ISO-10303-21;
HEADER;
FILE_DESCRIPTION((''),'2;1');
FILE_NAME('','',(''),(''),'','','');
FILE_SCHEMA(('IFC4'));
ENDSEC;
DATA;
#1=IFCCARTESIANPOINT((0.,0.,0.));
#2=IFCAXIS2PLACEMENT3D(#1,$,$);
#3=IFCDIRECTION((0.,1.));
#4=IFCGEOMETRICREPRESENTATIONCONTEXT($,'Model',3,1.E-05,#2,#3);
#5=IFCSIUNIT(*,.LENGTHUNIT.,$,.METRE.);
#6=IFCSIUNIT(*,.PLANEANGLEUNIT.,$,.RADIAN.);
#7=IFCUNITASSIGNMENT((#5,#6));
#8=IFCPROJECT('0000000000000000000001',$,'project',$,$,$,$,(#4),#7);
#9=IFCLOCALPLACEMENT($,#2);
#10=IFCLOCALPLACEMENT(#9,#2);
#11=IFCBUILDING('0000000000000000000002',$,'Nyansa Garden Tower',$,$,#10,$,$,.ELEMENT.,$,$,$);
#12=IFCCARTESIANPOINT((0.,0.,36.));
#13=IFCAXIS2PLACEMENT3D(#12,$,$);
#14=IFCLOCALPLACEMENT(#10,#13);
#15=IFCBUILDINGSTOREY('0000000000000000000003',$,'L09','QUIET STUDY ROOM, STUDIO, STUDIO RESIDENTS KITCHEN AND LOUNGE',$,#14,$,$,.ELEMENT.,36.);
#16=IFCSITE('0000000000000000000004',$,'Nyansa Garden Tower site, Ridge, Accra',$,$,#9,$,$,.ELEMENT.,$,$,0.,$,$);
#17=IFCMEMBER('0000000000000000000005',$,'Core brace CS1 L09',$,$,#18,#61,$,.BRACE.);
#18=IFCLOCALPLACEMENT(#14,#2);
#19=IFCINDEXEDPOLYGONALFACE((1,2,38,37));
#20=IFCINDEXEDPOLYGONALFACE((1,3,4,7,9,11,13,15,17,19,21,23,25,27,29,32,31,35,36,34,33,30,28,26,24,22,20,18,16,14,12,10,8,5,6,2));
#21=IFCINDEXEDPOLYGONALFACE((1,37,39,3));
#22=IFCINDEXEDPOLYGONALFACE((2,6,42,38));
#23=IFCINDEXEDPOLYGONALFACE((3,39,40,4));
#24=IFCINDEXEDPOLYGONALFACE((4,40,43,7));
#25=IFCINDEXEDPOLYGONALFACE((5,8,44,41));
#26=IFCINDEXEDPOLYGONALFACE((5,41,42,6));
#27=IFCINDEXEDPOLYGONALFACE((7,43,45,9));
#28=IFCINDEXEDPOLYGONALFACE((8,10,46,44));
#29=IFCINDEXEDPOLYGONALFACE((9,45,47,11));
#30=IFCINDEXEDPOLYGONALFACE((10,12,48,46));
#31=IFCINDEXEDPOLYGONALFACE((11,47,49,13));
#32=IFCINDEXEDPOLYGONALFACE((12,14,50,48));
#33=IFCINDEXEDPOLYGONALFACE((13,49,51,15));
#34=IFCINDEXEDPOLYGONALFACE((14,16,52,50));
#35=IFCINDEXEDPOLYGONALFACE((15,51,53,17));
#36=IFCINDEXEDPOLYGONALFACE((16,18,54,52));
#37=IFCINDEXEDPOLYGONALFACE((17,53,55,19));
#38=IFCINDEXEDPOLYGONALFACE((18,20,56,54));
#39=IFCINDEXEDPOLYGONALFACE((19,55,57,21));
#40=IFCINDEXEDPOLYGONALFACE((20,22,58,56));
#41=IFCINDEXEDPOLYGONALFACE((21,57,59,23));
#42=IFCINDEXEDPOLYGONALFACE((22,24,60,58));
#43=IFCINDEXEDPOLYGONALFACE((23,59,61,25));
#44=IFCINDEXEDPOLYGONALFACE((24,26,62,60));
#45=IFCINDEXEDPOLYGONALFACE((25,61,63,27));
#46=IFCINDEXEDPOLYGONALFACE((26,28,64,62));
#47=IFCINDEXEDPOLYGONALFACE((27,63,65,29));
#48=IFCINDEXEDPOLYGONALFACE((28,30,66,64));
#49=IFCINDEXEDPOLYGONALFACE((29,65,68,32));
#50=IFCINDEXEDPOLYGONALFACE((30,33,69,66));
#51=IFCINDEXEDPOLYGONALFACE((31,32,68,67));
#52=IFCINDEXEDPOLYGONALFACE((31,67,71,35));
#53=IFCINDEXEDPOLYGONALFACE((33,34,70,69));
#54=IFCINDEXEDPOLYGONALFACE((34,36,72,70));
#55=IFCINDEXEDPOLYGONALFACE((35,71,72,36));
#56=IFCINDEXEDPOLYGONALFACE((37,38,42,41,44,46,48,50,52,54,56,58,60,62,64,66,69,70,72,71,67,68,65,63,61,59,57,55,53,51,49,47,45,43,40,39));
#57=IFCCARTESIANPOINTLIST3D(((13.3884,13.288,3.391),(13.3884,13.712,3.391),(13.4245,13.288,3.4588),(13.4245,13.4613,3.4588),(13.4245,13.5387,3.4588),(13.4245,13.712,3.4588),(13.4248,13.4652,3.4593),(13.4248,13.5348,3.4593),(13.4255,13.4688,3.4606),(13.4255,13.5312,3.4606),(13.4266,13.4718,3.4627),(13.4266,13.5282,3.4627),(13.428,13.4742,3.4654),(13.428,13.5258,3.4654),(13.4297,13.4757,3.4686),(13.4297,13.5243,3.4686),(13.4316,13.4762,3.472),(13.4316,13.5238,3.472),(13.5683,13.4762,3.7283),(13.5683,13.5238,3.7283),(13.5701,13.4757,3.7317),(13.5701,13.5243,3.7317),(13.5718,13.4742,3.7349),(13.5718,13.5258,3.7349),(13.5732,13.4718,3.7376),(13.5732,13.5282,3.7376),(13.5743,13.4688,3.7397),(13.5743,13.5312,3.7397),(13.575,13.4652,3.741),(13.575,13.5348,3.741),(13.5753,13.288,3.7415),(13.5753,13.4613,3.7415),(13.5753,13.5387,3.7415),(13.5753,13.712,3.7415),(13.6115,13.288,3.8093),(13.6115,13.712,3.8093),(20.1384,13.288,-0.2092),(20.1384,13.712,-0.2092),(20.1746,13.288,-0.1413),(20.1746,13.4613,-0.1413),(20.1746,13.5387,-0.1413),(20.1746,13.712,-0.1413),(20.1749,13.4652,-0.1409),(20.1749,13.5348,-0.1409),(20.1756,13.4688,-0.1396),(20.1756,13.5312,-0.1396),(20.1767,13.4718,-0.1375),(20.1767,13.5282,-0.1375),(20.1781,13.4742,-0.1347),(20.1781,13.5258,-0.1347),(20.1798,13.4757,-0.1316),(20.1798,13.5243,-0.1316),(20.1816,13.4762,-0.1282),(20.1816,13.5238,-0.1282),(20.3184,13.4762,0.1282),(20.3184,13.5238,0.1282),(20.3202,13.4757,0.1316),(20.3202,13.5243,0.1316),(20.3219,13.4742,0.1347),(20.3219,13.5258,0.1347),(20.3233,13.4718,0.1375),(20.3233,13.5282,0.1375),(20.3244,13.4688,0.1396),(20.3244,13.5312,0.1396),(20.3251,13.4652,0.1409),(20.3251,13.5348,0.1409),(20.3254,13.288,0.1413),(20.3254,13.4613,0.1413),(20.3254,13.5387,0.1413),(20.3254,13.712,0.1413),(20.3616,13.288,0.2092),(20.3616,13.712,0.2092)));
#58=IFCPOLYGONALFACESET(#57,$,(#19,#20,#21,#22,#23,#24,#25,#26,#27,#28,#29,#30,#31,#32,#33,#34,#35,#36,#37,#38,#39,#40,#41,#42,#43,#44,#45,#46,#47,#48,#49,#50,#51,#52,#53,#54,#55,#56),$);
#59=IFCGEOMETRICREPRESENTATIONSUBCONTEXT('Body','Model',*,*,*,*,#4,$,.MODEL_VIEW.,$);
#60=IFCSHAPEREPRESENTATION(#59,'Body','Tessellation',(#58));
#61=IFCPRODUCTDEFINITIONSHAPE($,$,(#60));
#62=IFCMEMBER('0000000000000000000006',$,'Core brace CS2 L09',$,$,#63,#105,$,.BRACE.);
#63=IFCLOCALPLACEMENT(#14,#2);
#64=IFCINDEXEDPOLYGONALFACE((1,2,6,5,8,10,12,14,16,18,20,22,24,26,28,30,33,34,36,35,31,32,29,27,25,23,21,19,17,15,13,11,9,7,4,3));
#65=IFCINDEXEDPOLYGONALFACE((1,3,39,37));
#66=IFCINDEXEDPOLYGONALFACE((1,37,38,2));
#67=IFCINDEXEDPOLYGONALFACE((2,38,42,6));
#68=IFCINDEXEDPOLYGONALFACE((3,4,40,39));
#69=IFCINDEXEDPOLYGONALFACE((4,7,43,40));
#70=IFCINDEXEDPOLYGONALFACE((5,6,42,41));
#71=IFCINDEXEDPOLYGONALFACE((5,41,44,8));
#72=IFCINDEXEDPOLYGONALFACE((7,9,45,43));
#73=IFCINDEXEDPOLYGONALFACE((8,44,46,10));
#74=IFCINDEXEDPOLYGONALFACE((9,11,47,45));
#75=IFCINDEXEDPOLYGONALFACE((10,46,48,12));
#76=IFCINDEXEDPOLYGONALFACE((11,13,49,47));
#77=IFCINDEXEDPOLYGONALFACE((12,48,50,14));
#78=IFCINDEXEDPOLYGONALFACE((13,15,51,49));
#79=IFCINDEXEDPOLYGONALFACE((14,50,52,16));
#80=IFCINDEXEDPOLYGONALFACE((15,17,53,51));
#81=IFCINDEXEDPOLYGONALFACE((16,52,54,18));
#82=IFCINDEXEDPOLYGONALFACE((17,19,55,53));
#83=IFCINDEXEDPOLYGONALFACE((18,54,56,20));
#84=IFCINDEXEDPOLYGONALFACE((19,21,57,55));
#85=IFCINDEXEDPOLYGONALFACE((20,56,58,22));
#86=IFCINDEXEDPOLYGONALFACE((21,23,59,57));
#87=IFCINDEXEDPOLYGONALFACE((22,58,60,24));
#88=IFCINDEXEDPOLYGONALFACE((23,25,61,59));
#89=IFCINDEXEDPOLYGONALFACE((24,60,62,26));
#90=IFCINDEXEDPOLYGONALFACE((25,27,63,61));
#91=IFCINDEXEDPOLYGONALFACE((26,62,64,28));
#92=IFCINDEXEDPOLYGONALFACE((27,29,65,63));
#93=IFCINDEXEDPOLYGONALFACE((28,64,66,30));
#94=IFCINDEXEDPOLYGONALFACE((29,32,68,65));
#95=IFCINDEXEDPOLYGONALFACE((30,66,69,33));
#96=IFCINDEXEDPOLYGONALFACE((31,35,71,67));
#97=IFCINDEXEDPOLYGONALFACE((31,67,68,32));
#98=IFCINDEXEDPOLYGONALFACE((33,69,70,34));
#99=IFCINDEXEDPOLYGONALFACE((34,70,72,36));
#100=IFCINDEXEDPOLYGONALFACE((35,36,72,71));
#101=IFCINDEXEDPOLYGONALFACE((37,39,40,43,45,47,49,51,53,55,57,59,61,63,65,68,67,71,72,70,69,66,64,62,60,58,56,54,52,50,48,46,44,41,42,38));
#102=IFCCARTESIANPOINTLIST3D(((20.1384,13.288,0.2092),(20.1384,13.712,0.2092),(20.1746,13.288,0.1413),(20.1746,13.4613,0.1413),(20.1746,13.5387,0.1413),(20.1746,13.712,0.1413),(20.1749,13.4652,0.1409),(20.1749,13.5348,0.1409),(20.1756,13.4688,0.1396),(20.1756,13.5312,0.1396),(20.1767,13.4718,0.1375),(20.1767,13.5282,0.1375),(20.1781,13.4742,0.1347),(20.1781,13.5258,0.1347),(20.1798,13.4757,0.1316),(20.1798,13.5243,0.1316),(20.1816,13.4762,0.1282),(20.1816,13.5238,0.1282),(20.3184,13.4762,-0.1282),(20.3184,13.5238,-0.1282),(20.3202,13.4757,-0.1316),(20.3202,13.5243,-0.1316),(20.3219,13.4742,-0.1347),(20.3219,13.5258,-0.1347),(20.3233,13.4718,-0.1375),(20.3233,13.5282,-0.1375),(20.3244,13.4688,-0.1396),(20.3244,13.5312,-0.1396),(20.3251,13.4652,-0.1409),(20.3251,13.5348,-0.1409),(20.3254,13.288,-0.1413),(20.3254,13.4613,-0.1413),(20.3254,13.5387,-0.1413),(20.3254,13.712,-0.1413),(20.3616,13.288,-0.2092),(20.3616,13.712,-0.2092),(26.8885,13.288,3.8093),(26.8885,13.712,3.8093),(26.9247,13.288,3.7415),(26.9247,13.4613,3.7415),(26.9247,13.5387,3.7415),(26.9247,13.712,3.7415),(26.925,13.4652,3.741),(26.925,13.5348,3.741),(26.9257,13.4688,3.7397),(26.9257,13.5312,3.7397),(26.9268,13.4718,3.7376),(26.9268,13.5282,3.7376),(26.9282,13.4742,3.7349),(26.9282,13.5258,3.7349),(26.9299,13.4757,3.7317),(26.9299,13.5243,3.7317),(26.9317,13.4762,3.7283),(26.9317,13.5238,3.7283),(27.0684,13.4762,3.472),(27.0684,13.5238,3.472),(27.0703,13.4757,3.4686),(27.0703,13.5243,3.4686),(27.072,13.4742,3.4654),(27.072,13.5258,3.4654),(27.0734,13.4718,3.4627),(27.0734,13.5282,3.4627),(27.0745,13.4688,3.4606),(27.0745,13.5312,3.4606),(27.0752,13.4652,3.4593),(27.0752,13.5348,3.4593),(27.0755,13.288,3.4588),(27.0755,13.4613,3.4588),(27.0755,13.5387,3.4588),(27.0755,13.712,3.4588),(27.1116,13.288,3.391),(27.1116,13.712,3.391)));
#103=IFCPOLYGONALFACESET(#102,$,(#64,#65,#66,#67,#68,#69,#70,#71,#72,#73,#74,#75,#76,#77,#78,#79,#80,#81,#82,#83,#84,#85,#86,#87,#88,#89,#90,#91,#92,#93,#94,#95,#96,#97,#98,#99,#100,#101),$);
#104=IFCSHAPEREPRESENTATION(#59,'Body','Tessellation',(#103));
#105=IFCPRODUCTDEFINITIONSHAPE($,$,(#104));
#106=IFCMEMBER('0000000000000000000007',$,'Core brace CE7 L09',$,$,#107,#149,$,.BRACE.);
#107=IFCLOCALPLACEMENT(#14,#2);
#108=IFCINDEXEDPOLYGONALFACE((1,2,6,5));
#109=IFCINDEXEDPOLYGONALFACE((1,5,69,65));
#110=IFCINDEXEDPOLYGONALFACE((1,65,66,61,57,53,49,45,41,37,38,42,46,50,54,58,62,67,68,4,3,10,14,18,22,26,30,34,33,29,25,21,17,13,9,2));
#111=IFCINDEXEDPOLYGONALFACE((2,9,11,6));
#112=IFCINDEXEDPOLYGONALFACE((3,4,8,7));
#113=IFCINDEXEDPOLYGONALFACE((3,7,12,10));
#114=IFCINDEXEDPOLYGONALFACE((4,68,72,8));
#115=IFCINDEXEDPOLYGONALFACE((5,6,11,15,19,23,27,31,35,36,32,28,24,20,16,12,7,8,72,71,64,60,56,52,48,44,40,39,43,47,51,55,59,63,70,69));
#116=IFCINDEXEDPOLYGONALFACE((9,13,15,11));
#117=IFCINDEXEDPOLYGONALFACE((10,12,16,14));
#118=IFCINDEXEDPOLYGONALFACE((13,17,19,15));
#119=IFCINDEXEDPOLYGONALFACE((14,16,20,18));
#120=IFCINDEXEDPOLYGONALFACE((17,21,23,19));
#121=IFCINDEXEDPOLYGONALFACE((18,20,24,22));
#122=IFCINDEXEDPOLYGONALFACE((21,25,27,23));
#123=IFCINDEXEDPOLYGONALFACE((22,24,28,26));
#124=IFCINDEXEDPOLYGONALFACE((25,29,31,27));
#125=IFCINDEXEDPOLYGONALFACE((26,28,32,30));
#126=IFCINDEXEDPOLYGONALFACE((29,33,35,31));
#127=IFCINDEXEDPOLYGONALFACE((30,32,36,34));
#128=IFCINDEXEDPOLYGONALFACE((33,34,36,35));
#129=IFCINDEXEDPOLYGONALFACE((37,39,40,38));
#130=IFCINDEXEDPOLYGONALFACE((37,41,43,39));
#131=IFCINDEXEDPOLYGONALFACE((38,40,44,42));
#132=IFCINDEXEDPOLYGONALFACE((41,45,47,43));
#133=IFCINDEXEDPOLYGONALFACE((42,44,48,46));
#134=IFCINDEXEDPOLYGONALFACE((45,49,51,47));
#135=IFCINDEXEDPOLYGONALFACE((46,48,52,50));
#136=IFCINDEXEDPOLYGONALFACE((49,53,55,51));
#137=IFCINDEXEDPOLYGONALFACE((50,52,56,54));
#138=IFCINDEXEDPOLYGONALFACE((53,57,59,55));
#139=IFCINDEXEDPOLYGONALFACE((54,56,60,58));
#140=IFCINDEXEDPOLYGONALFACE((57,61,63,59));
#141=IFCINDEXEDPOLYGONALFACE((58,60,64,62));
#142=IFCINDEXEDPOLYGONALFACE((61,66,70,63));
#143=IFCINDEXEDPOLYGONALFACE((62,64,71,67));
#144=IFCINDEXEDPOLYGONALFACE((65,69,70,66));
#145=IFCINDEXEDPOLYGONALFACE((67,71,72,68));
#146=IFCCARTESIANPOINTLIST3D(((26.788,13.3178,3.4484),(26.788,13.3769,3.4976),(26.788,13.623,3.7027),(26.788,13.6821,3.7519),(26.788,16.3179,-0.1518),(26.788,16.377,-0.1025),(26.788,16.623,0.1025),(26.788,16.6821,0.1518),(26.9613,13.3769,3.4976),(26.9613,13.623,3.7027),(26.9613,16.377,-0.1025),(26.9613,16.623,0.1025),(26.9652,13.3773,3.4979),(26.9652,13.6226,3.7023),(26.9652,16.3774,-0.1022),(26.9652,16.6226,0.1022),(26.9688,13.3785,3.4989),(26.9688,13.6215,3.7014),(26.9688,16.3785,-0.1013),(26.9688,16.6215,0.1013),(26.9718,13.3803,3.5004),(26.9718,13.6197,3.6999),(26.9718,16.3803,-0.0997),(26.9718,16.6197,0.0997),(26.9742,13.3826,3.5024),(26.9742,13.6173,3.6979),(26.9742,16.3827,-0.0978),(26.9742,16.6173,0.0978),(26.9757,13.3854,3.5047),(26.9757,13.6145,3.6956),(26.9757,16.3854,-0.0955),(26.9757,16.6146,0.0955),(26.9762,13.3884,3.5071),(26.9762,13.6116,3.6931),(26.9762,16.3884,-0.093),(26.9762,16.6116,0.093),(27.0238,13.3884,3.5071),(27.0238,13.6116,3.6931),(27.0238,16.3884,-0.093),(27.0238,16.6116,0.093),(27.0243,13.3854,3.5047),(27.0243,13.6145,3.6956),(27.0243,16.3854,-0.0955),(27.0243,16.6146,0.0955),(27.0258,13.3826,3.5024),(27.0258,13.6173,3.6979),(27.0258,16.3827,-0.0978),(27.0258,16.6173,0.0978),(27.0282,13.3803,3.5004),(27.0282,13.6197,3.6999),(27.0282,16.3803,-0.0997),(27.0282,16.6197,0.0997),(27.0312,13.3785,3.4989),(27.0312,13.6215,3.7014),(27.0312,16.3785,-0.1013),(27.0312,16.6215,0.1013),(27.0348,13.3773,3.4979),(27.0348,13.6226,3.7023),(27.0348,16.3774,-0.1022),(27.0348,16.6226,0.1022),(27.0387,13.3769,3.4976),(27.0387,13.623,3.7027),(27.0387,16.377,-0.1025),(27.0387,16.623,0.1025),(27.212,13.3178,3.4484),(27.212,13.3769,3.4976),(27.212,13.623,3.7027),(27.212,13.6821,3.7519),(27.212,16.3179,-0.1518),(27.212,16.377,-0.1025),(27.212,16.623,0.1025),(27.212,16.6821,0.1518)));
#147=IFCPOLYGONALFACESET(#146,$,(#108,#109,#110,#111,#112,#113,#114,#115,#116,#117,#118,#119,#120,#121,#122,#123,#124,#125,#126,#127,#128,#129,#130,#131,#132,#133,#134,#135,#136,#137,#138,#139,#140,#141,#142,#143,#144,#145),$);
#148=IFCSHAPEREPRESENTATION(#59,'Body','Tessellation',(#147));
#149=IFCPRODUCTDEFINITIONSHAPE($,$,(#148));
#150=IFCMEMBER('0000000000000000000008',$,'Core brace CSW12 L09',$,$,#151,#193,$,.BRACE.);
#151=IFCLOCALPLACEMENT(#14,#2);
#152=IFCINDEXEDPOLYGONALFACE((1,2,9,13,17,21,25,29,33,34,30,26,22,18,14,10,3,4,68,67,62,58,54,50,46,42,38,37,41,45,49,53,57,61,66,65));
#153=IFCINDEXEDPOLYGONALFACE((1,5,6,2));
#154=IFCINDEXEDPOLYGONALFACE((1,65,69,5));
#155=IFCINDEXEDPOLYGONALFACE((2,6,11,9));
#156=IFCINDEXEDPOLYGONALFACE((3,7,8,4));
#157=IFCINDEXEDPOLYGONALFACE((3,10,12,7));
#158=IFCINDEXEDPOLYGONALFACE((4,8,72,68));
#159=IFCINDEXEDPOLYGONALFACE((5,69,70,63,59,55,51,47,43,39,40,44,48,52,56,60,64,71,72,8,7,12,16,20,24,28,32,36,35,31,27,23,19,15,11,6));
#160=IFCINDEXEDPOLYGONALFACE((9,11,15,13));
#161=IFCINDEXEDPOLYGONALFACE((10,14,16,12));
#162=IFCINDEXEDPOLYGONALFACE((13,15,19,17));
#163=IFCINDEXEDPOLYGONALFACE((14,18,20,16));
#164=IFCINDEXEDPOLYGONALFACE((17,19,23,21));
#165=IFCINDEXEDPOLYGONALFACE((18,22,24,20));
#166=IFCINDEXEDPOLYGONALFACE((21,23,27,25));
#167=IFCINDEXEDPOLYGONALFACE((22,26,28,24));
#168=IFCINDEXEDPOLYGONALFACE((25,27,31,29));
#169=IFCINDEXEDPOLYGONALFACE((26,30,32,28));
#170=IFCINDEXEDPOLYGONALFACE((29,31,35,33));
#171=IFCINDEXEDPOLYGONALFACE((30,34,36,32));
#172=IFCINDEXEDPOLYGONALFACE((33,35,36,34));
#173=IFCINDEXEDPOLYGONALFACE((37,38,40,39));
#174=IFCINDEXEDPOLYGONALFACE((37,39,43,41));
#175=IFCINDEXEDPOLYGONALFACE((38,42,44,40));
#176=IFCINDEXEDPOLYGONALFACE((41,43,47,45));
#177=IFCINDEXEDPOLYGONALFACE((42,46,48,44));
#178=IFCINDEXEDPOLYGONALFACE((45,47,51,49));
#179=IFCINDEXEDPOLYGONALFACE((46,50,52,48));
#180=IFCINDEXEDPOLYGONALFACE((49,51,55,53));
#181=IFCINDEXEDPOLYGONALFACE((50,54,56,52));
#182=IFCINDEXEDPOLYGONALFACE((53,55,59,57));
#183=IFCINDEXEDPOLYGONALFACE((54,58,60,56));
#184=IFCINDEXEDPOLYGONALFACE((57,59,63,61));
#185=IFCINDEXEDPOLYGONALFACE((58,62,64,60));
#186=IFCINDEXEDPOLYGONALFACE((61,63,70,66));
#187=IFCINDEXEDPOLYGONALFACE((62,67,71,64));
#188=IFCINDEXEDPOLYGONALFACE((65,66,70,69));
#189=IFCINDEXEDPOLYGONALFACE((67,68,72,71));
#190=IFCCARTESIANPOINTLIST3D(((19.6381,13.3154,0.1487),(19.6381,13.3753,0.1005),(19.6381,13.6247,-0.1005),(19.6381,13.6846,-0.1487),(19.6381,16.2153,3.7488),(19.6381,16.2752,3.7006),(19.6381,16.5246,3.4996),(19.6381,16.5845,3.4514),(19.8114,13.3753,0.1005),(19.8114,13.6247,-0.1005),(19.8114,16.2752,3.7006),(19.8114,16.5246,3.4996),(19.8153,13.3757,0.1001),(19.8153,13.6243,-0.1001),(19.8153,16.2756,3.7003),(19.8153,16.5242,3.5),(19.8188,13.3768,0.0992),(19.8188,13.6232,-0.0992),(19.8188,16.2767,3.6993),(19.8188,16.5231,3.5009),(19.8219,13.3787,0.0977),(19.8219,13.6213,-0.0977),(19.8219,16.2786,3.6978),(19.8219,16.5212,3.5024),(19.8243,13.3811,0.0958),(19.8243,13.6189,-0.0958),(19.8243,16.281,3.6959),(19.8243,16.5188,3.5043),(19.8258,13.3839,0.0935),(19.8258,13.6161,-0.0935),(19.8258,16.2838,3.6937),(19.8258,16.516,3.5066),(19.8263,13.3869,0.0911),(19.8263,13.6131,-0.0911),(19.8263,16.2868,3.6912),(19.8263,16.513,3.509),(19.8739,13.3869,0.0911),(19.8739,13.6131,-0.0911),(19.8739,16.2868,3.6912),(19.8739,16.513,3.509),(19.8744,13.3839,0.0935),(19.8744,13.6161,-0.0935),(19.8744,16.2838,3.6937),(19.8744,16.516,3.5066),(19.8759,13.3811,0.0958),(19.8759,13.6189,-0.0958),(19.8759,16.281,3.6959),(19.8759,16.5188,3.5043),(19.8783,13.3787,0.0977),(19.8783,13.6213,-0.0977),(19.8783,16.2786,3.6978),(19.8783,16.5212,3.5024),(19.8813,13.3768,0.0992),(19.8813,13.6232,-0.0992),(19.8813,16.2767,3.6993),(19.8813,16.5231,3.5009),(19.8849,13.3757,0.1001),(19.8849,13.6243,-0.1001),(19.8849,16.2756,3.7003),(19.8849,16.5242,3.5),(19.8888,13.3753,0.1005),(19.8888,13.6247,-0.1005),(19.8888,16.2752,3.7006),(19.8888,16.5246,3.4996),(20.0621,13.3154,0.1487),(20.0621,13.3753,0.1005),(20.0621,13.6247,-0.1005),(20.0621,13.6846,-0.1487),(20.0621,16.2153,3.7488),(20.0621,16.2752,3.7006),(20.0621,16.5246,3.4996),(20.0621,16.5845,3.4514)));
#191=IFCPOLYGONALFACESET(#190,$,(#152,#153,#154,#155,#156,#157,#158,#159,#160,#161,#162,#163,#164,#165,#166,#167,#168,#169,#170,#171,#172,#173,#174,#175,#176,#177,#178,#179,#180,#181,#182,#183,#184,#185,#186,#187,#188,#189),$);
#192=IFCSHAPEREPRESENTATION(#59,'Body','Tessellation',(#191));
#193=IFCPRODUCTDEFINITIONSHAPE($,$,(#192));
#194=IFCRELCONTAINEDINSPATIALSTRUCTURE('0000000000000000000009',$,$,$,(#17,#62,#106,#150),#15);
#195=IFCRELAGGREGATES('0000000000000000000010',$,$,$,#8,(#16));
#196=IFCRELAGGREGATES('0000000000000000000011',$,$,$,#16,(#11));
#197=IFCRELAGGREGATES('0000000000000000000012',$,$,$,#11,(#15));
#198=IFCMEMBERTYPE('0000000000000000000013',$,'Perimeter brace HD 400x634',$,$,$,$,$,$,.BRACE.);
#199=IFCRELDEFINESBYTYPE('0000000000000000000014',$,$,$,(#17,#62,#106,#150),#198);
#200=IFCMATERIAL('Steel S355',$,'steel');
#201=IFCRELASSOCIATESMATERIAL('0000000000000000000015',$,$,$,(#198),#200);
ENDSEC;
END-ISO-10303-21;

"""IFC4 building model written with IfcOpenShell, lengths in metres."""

from ifc_helpers import new_model, si_unit, direction, frame, origin, origin_2d, place, context, subcontext, project, spatial, i_section, extrude, material, material_profile, profile_set, type_object, element, save


model = new_model("IFC4")

# Units and contexts
model_context = context("Model", 3, precision=1e-05, world=origin(), true_north=direction((0.0, 1.0)))
body_context = subcontext(model_context, "Body", "Model", "MODEL_VIEW")
ifc_project = project(units=[si_unit("LENGTHUNIT", "METRE"), si_unit("PLANEANGLEUNIT", "RADIAN")], contexts=[model_context])

# Site, building, storey
site_placement = place(None, origin())
site = spatial("IfcSite", under=ifc_project, at=site_placement, Name="Nyansa Garden Tower site, Ridge, Accra", CompositionType="ELEMENT", RefElevation=0.0)
building_placement = place(site_placement, origin())
building = spatial("IfcBuilding", under=site, at=building_placement, Name="Nyansa Garden Tower", CompositionType="ELEMENT")
storey_placement = place(building_placement, frame((0.0, 0.0, 36.0)))
storey = spatial("IfcBuildingStorey", under=building, at=storey_placement, Name="L09", Description="QUIET STUDY ROOM, STUDIO, STUDIO RESIDENTS KITCHEN AND LOUNGE", CompositionType="ELEMENT", Elevation=36.0)

# Members
ifc_material_1 = material(Name="Steel S355", Category="steel")
ifc_material_profile_1 = material_profile(ifc_material_1, i_section(OverallWidth=0.4241, OverallDepth=0.4741, WebThickness=0.0476, FlangeThickness=0.0769, FilletRadius=0.0149, at=origin_2d()), Name="HD 400x634")
ifc_profile_set_1 = profile_set([ifc_material_profile_1], Name="Steel S355")
member_type = type_object("IfcMemberType", Name="Perimeter brace HD 400x634", PredefinedType="BRACE", material=ifc_profile_set_1)
for number, where, z_axis, x_axis, name in (
    (1, (20.25, 13.5, 0.0), (-0.882348, 0.0, 0.470598), (0.0, -1.0, 0.0), "Core brace CS1 L09"),
    (2, (20.25, 13.5, 0.0), (0.882348, 0.0, 0.470598), (0.0, 1.0, 0.0), "Core brace CS2 L09"),
):
    element("IfcMember", number, at=place(storey_placement, frame(where, z_axis=z_axis, x_axis=x_axis)), inside=storey, type_object=member_type, Name=name, PredefinedType="BRACE", context=body_context, shape_type="SweptSolid", body=[
        extrude(i_section(OverallWidth=0.4241, OverallDepth=0.4741, WebThickness=0.0476, FlangeThickness=0.0769, FilletRadius=0.0149, at=origin_2d()), origin(), (0.0, 0.0, 1.0), 7.6501),
    ])
member_placement = place(storey_placement, frame((27.0, 16.5, 0.0), z_axis=(0.0, -0.640174, 0.76823), x_axis=(1.0, 0.0, 0.0)))
element("IfcMember", 3, at=member_placement, inside=storey, type_object=member_type, Name="Core brace CE7 L09", PredefinedType="BRACE", context=body_context, shape_type="SweptSolid", body=[
    extrude(i_section(OverallWidth=0.4241, OverallDepth=0.4741, WebThickness=0.0476, FlangeThickness=0.0769, FilletRadius=0.0149, at=origin_2d()), origin(), (0.0, 0.0, 1.0), 4.6863),
])
for number, where, z_axis, x_axis, name in (
    (4, (19.8501, 13.5, 0.0), (0.0, 0.627306, 0.778773), (-1.0, 0.0, 0.0), "Core brace CSW12 L09"),
):
    element("IfcMember", number, at=place(storey_placement, frame(where, z_axis=z_axis, x_axis=x_axis)), inside=storey, type_object=member_type, Name=name, PredefinedType="BRACE", context=body_context, shape_type="SweptSolid", body=[
        extrude(i_section(OverallWidth=0.4241, OverallDepth=0.4741, WebThickness=0.0476, FlangeThickness=0.0769, FilletRadius=0.0149, at=origin_2d()), origin(), (0.0, 0.0, 1.0), 4.6228),
    ])

save(model, "model.ifc")
